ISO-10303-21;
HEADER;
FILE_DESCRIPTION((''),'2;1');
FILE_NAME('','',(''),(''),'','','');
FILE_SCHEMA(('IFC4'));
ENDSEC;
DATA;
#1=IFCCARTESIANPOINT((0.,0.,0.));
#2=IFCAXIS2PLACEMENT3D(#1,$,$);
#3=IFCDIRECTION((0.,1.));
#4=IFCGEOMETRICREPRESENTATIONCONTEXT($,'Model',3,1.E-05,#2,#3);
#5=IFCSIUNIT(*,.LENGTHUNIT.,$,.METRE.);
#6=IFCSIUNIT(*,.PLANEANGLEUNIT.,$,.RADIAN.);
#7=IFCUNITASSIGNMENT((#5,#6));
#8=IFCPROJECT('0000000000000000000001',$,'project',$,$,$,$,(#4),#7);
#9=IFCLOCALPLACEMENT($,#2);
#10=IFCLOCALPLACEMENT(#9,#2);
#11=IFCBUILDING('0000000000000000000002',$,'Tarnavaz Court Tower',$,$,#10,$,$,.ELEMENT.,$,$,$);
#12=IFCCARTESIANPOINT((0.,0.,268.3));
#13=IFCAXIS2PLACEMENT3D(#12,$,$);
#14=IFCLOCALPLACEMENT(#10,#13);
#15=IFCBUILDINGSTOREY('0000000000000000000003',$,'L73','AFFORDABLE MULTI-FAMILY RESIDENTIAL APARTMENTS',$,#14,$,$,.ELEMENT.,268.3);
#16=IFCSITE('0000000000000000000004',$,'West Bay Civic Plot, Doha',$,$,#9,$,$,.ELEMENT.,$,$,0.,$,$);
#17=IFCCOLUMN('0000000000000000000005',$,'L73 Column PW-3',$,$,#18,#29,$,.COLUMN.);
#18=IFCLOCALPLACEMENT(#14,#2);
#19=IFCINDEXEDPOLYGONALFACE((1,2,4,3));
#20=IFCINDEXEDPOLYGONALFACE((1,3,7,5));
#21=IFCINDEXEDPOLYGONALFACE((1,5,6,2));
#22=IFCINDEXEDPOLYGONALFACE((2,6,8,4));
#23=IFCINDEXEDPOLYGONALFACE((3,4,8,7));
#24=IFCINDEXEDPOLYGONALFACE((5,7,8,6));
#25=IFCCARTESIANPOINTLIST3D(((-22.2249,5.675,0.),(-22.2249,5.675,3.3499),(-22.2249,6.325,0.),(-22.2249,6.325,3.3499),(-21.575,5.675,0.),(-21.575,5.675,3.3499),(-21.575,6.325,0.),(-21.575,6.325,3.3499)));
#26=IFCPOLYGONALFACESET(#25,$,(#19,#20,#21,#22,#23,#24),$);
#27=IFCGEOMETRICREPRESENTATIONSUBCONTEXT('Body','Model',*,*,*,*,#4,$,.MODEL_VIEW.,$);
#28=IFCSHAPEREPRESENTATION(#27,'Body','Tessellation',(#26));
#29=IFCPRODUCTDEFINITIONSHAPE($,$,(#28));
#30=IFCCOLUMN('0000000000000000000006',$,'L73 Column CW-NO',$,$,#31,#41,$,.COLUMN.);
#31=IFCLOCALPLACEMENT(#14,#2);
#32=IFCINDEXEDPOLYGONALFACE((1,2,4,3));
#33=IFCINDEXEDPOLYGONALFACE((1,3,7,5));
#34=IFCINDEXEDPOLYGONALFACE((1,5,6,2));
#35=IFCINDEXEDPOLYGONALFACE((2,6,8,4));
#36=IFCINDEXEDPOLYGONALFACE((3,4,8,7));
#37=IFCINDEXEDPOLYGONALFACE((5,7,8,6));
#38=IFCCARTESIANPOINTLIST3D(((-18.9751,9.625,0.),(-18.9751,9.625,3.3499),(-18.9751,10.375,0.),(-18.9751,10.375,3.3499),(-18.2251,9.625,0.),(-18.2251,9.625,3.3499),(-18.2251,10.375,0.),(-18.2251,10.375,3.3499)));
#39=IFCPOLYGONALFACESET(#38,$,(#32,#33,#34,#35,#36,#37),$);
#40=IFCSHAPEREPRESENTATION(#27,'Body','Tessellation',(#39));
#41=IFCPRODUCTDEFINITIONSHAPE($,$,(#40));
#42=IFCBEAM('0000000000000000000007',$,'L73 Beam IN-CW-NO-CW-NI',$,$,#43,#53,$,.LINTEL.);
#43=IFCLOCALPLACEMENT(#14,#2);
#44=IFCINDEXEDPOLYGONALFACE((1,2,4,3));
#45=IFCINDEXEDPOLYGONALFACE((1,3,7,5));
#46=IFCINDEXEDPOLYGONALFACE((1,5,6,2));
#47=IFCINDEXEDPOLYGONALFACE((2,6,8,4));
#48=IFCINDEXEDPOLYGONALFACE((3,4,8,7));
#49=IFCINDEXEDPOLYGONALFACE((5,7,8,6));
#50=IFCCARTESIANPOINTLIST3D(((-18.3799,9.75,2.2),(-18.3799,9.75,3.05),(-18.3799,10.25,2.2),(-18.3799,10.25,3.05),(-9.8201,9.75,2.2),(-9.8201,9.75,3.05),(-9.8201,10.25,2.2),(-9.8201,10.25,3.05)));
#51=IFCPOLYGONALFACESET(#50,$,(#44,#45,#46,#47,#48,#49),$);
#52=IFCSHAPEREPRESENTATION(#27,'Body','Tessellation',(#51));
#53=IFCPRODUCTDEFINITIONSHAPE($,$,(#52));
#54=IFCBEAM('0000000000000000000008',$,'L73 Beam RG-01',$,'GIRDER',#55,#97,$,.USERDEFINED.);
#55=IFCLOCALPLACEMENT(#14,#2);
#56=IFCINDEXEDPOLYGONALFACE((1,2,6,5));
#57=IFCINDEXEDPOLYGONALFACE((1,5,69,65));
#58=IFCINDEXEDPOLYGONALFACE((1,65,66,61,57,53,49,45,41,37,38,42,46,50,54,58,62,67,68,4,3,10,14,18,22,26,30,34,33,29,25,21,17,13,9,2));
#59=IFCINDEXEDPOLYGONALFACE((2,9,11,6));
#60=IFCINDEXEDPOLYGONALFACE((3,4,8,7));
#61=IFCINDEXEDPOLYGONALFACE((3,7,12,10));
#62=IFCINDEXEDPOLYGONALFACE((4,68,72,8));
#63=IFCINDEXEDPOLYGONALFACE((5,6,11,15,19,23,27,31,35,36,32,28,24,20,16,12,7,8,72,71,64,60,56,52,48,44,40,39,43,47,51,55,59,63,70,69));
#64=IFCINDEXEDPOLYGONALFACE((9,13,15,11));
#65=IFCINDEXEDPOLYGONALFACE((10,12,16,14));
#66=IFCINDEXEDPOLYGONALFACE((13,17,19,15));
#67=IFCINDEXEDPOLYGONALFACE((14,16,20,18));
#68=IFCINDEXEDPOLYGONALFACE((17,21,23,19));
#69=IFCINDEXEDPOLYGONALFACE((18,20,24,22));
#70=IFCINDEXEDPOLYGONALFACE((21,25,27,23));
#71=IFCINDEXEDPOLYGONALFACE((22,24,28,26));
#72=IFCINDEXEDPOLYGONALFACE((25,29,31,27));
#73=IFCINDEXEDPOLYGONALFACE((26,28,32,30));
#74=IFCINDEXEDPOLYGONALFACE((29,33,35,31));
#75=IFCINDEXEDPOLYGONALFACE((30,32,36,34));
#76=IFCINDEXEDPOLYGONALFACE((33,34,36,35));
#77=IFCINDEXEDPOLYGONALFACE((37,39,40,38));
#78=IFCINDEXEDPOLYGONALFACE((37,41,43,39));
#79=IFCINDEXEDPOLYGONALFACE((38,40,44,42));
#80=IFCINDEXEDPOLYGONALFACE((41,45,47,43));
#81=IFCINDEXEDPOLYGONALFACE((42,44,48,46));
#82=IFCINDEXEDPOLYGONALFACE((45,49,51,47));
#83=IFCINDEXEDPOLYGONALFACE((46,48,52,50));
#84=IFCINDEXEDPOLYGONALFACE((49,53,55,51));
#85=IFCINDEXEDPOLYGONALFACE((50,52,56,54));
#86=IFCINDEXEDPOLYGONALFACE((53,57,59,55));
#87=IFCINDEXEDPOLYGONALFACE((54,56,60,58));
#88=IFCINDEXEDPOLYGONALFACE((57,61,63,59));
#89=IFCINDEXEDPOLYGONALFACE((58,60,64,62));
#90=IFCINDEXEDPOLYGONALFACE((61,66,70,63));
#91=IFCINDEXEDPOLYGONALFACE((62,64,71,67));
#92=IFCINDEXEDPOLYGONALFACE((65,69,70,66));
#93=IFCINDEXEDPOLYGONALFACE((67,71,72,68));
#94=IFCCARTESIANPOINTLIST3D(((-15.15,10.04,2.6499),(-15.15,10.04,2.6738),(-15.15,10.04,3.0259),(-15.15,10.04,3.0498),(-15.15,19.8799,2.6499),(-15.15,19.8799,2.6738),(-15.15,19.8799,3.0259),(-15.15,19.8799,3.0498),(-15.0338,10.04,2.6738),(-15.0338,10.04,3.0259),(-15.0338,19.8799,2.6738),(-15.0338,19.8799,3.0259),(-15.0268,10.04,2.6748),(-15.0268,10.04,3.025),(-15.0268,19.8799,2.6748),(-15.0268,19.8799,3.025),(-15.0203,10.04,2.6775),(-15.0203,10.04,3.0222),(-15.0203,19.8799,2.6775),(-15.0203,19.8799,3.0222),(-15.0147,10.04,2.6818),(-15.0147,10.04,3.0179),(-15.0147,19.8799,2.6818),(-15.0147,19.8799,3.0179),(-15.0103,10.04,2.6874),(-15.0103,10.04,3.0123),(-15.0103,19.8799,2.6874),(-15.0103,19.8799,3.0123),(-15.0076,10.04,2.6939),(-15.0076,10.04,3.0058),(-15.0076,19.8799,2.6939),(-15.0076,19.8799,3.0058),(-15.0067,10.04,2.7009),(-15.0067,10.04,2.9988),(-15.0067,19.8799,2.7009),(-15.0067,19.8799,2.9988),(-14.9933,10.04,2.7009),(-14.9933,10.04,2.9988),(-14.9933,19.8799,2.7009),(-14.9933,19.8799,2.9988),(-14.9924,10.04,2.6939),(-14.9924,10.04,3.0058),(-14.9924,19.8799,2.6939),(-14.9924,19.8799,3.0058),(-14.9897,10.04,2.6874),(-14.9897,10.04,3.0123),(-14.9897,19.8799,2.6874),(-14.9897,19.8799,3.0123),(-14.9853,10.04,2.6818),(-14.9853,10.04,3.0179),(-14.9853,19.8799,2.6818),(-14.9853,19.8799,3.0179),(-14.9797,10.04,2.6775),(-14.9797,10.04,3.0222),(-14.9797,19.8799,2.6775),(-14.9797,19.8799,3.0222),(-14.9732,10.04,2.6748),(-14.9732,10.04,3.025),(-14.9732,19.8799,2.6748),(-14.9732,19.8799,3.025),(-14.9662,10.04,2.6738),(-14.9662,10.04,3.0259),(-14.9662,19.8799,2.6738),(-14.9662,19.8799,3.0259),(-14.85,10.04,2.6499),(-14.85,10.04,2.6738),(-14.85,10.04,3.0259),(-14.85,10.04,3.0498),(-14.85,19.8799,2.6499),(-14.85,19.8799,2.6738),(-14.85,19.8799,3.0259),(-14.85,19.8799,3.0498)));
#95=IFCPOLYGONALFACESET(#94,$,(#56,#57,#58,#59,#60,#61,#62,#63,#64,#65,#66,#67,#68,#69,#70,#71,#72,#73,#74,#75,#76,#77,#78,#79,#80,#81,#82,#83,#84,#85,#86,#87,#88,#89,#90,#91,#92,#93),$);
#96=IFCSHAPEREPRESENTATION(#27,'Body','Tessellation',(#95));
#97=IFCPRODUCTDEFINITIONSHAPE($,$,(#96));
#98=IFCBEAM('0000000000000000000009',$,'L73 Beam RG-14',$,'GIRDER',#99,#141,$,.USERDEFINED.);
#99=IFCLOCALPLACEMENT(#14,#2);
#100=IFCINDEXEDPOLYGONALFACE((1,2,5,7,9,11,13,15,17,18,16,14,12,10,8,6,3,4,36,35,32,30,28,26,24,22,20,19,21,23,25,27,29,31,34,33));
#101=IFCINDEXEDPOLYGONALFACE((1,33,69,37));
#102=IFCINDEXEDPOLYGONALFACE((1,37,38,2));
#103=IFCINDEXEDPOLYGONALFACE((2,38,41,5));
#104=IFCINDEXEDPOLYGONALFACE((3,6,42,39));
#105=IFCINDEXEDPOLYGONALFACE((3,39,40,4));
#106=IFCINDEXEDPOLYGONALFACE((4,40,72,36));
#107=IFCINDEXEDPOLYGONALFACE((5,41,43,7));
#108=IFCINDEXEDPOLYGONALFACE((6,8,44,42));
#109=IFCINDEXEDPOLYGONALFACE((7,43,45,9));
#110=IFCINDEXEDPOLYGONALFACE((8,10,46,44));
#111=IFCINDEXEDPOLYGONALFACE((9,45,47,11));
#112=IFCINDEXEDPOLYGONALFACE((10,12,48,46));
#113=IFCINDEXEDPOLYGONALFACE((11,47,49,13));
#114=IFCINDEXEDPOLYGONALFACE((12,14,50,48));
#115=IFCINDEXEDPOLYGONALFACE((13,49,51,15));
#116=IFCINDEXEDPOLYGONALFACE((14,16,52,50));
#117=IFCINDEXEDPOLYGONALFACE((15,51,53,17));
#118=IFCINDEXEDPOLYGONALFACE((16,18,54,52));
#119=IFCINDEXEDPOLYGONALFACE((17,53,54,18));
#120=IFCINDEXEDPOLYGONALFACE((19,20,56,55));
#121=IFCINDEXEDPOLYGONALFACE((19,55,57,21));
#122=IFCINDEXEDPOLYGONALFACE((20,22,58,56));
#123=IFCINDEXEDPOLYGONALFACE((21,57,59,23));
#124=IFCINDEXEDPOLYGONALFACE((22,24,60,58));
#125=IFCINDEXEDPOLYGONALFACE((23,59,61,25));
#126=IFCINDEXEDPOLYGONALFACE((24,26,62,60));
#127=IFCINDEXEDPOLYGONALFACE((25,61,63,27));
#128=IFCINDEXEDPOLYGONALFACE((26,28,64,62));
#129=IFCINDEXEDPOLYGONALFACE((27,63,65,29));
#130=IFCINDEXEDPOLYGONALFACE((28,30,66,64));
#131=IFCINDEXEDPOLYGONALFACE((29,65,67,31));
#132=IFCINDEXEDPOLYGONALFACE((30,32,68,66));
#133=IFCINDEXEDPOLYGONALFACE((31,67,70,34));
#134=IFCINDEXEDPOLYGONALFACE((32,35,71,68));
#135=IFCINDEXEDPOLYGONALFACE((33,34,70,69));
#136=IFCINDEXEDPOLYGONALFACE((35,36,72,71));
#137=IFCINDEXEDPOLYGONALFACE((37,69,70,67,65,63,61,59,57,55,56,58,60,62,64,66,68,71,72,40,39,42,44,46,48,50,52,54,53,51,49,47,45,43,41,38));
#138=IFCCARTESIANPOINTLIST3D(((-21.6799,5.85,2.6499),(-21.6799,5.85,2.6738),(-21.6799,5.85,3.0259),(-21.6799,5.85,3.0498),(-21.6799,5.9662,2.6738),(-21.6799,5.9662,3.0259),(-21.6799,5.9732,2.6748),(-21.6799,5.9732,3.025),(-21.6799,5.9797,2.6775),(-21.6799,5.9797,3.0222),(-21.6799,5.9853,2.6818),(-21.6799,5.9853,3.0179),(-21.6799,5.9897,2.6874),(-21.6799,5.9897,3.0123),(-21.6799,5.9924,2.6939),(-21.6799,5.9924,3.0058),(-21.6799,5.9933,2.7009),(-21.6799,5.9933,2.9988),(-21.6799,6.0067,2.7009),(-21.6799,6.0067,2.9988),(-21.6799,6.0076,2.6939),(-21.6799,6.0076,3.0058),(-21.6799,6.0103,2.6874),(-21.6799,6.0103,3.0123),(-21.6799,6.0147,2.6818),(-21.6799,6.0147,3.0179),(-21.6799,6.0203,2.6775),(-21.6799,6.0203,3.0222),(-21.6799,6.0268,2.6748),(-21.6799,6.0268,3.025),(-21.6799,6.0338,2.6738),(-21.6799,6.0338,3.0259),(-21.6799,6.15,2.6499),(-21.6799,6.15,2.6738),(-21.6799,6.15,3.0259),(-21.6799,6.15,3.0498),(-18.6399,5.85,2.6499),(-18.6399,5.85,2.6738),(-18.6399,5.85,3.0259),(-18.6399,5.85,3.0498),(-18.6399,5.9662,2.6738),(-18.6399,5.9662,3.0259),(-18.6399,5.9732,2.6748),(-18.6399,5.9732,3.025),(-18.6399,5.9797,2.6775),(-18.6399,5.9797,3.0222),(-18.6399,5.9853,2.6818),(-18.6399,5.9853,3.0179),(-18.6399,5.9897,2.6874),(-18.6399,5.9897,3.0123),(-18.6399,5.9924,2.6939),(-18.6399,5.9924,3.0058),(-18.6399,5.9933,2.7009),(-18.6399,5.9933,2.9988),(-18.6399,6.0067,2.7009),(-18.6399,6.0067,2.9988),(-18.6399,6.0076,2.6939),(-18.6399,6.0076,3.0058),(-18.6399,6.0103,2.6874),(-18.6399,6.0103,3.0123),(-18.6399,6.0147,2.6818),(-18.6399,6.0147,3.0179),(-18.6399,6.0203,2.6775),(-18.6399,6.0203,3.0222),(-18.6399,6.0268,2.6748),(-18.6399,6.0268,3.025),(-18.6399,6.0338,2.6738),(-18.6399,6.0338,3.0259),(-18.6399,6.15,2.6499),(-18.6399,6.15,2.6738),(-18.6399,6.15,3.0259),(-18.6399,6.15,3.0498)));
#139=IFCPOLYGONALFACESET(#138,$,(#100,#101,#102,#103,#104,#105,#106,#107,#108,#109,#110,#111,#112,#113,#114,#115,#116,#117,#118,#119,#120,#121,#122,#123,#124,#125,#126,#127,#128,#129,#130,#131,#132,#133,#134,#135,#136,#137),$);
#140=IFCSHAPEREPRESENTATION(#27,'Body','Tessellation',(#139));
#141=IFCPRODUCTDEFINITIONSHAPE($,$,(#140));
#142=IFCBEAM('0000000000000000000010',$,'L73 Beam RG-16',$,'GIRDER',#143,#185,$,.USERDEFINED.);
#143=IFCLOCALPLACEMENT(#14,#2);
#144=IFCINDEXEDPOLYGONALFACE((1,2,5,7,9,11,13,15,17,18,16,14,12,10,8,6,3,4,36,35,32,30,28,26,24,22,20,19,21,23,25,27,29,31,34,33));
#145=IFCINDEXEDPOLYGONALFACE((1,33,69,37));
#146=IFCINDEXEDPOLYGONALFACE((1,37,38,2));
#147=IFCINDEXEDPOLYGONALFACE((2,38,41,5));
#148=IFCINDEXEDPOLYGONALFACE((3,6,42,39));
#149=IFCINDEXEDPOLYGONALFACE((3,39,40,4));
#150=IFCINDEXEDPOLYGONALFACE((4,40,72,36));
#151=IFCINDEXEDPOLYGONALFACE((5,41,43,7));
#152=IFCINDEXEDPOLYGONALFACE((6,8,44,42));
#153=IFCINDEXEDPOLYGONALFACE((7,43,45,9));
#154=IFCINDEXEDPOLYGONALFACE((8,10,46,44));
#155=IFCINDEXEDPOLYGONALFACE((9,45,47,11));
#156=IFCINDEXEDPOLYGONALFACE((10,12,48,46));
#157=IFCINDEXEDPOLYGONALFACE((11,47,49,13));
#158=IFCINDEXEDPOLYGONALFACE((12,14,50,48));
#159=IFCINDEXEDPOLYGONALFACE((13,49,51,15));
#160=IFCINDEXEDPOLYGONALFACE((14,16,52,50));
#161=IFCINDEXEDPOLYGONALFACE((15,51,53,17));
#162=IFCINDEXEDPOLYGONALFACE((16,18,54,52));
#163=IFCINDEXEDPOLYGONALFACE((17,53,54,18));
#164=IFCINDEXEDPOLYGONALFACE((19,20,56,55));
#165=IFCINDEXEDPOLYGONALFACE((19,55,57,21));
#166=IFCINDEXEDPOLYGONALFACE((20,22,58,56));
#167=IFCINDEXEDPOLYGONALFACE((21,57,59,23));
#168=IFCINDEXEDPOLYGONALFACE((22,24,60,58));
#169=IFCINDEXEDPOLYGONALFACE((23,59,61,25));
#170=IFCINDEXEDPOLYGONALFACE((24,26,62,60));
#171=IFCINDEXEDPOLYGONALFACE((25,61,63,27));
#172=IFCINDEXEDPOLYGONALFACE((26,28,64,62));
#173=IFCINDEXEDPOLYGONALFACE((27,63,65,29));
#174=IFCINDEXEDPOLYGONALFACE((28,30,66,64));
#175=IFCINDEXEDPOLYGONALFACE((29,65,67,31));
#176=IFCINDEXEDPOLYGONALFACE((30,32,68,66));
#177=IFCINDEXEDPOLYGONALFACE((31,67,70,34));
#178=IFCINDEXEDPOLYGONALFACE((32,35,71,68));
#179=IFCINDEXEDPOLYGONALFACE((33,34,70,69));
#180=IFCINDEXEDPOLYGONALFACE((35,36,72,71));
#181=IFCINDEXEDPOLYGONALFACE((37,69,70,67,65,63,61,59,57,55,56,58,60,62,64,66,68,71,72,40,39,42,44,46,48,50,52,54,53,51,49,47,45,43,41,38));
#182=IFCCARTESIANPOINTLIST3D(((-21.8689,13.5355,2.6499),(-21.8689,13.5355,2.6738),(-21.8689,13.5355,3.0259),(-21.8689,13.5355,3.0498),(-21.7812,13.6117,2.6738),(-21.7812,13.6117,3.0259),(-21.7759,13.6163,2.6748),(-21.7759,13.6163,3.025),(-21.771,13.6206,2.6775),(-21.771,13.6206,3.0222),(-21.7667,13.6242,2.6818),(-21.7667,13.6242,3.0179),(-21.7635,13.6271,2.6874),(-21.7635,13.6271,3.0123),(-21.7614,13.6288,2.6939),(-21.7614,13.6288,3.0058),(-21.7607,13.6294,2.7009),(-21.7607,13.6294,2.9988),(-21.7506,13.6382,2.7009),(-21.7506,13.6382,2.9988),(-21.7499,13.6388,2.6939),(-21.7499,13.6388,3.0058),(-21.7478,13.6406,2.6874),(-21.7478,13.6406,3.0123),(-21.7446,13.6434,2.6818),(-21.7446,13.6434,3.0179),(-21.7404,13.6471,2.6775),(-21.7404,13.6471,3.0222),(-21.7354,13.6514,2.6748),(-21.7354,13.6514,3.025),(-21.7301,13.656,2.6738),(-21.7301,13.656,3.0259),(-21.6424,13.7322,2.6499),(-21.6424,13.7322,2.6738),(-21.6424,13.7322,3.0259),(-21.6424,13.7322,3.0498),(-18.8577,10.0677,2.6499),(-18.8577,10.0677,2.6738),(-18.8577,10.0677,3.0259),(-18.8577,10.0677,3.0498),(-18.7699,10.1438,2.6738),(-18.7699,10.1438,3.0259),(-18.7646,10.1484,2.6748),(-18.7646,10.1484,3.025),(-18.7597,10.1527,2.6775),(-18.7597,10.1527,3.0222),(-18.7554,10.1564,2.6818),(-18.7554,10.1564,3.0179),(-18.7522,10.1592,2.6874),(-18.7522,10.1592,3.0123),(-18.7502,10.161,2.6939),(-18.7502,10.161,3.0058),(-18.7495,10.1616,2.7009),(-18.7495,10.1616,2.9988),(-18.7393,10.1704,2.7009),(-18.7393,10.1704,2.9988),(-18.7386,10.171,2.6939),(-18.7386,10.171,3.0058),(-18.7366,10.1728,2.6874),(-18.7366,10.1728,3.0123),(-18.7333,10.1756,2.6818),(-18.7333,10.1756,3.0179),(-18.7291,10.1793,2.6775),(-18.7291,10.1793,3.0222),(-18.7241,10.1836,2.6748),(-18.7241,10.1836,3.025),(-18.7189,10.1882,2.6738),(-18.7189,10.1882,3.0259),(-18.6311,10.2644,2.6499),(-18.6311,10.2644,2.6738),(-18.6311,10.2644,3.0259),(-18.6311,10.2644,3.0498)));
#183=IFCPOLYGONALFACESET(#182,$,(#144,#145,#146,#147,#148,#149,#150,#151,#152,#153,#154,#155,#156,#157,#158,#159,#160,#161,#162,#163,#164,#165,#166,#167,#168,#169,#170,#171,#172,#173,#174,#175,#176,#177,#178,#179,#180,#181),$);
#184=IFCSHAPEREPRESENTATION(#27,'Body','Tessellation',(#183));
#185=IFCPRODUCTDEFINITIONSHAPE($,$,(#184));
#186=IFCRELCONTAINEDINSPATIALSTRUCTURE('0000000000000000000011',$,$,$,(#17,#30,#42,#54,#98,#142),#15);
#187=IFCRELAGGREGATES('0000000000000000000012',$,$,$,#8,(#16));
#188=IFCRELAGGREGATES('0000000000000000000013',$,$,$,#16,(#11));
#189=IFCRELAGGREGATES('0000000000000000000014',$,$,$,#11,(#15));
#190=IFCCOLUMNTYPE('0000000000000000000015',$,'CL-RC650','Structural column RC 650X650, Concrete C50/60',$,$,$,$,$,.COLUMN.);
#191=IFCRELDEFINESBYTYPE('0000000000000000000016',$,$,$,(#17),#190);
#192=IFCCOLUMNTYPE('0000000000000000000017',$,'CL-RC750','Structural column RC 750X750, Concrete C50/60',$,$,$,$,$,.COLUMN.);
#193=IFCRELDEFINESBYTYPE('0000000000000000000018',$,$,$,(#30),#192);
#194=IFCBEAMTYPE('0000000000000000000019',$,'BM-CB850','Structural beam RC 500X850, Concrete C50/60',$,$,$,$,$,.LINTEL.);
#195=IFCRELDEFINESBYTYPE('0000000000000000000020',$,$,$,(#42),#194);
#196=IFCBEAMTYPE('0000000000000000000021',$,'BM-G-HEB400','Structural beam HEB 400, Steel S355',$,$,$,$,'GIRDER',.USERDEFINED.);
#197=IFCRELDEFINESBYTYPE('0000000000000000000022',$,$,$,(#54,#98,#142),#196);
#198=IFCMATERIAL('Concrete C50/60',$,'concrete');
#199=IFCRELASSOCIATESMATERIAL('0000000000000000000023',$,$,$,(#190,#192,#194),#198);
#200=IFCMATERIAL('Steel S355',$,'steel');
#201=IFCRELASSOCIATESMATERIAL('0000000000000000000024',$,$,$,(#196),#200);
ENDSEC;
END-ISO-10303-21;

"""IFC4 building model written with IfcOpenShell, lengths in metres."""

from ifc_helpers import new_model, si_unit, direction, frame, origin, origin_2d, place, context, subcontext, project, spatial, rectangle, i_section, extrude, material, material_profile, profile_set, type_object, element, save


model = new_model("IFC4")

# Units and contexts
model_context = context("Model", 3, precision=1e-05, world=origin(), true_north=direction((0.0, 1.0)))
body_context = subcontext(model_context, "Body", "Model", "MODEL_VIEW")
ifc_project = project(units=[si_unit("LENGTHUNIT", "METRE"), si_unit("PLANEANGLEUNIT", "RADIAN")], contexts=[model_context])

# Site, building, storey
site_placement = place(None, origin())
site = spatial("IfcSite", under=ifc_project, at=site_placement, Name="West Bay Civic Plot, Doha", CompositionType="ELEMENT", RefElevation=0.0)
building_placement = place(site_placement, origin())
building = spatial("IfcBuilding", under=site, at=building_placement, Name="Tarnavaz Court Tower", CompositionType="ELEMENT")
storey_placement = place(building_placement, frame((0.0, 0.0, 268.3)))
storey = spatial("IfcBuildingStorey", under=building, at=storey_placement, Name="L73", Description="AFFORDABLE MULTI-FAMILY RESIDENTIAL APARTMENTS", CompositionType="ELEMENT", Elevation=268.3)

# Columns
ifc_material_1 = material(Name="Concrete C50/60", Category="concrete")
ifc_material_profile_1 = material_profile(ifc_material_1, rectangle(XDim=0.6499, YDim=0.6499, at=origin_2d()), Name="RC 650X650")
ifc_profile_set_1 = profile_set([ifc_material_profile_1], Name="Concrete C50/60")
column_type_1 = type_object("IfcColumnType", Name="CL-RC650", Description="Structural column RC 650X650, Concrete C50/60", PredefinedType="COLUMN", material=ifc_profile_set_1)
column_1_placement = place(storey_placement, frame((-21.8999, 6.0, 0.0), z_axis=(0.0, 0.0, 1.0), x_axis=(1.0, 0.0, 0.0)))
element("IfcColumn", 1, at=column_1_placement, inside=storey, type_object=column_type_1, Name="L73 Column PW-3", PredefinedType="COLUMN", context=body_context, shape_type="SweptSolid", body=[
    extrude(rectangle(XDim=0.6499, YDim=0.6499, at=origin_2d()), origin(), (0.0, 0.0, 1.0), 3.3499),
])
ifc_material_profile_2 = material_profile(ifc_material_1, rectangle(XDim=0.75, YDim=0.75, at=origin_2d()), Name="RC 750X750")
ifc_profile_set_2 = profile_set([ifc_material_profile_2], Name="Concrete C50/60")
column_type_2 = type_object("IfcColumnType", Name="CL-RC750", Description="Structural column RC 750X750, Concrete C50/60", PredefinedType="COLUMN", material=ifc_profile_set_2)
column_2_placement = place(storey_placement, frame((-18.6001, 10.0, 0.0), z_axis=(0.0, 0.0, 1.0), x_axis=(1.0, 0.0, 0.0)))
element("IfcColumn", 2, at=column_2_placement, inside=storey, type_object=column_type_2, Name="L73 Column CW-NO", PredefinedType="COLUMN", context=body_context, shape_type="SweptSolid", body=[
    extrude(rectangle(XDim=0.75, YDim=0.75, at=origin_2d()), origin(), (0.0, 0.0, 1.0), 3.3499),
])

# Beams
ifc_material_profile_3 = material_profile(ifc_material_1, rectangle(XDim=0.5, YDim=0.8501, at=origin_2d()), Name="RC 500X850")
ifc_profile_set_3 = profile_set([ifc_material_profile_3], Name="Concrete C50/60")
beam_type_1 = type_object("IfcBeamType", Name="BM-CB850", Description="Structural beam RC 500X850, Concrete C50/60", PredefinedType="LINTEL", material=ifc_profile_set_3)
beam_1_placement = place(storey_placement, frame((-18.3799, 10.0, 2.625), z_axis=(1.0, 0.0, 0.0), x_axis=(0.0, 1.0, 0.0)))
element("IfcBeam", 3, at=beam_1_placement, inside=storey, type_object=beam_type_1, Name="L73 Beam IN-CW-NO-CW-NI", PredefinedType="LINTEL", context=body_context, shape_type="SweptSolid", body=[
    extrude(rectangle(XDim=0.5, YDim=0.8501, at=origin_2d()), origin(), (0.0, 0.0, 1.0), 8.5598),
])
ifc_material_2 = material(Name="Steel S355", Category="steel")
ifc_material_profile_4 = material_profile(ifc_material_2, i_section(OverallWidth=0.3, OverallDepth=0.3999, WebThickness=0.0134, FlangeThickness=0.0239, FilletRadius=0.0271, at=origin_2d()), Name="HEB 400")
ifc_profile_set_4 = profile_set([ifc_material_profile_4], Name="Steel S355")
beam_type_2 = type_object("IfcBeamType", Name="BM-G-HEB400", Description="Structural beam HEB 400, Steel S355", ElementType="GIRDER", PredefinedType="USERDEFINED", material=ifc_profile_set_4)
beam_2_placement = place(storey_placement, frame((-15.0, 10.04, 2.8499), z_axis=(0.0, 1.0, 0.0), x_axis=(-1.0, 0.0, 0.0)))
element("IfcBeam", 4, at=beam_2_placement, inside=storey, type_object=beam_type_2, Name="L73 Beam RG-01", ObjectType="GIRDER", PredefinedType="USERDEFINED", context=body_context, shape_type="SweptSolid", body=[
    extrude(i_section(OverallWidth=0.3, OverallDepth=0.3999, WebThickness=0.0134, FlangeThickness=0.0239, FilletRadius=0.0271, at=origin_2d()), origin(), (0.0, 0.0, 1.0), 9.8398),
])
beam_3_placement = place(storey_placement, frame((-18.6399, 6.0, 2.8499), z_axis=(-1.0, 0.0, 0.0), x_axis=(0.0, -1.0, 0.0)))
element("IfcBeam", 5, at=beam_3_placement, inside=storey, type_object=beam_type_2, Name="L73 Beam RG-14", ObjectType="GIRDER", PredefinedType="USERDEFINED", context=body_context, shape_type="SweptSolid", body=[
    extrude(i_section(OverallWidth=0.3, OverallDepth=0.3999, WebThickness=0.0134, FlangeThickness=0.0239, FilletRadius=0.0271, at=origin_2d()), origin(), (0.0, 0.0, 1.0), 3.04),
])
beam_4_placement = place(storey_placement, frame((-18.7444, 10.166, 2.8499), z_axis=(-0.655655, 0.755061, 0.0), x_axis=(-0.755061, -0.655655, 0.0)))
element("IfcBeam", 6, at=beam_4_placement, inside=storey, type_object=beam_type_2, Name="L73 Beam RG-16", ObjectType="GIRDER", PredefinedType="USERDEFINED", context=body_context, shape_type="SweptSolid", body=[
    extrude(i_section(OverallWidth=0.3, OverallDepth=0.3999, WebThickness=0.0134, FlangeThickness=0.0239, FilletRadius=0.0271, at=origin_2d()), origin(), (0.0, 0.0, 1.0), 4.5928),
])

save(model, "model.ifc")
